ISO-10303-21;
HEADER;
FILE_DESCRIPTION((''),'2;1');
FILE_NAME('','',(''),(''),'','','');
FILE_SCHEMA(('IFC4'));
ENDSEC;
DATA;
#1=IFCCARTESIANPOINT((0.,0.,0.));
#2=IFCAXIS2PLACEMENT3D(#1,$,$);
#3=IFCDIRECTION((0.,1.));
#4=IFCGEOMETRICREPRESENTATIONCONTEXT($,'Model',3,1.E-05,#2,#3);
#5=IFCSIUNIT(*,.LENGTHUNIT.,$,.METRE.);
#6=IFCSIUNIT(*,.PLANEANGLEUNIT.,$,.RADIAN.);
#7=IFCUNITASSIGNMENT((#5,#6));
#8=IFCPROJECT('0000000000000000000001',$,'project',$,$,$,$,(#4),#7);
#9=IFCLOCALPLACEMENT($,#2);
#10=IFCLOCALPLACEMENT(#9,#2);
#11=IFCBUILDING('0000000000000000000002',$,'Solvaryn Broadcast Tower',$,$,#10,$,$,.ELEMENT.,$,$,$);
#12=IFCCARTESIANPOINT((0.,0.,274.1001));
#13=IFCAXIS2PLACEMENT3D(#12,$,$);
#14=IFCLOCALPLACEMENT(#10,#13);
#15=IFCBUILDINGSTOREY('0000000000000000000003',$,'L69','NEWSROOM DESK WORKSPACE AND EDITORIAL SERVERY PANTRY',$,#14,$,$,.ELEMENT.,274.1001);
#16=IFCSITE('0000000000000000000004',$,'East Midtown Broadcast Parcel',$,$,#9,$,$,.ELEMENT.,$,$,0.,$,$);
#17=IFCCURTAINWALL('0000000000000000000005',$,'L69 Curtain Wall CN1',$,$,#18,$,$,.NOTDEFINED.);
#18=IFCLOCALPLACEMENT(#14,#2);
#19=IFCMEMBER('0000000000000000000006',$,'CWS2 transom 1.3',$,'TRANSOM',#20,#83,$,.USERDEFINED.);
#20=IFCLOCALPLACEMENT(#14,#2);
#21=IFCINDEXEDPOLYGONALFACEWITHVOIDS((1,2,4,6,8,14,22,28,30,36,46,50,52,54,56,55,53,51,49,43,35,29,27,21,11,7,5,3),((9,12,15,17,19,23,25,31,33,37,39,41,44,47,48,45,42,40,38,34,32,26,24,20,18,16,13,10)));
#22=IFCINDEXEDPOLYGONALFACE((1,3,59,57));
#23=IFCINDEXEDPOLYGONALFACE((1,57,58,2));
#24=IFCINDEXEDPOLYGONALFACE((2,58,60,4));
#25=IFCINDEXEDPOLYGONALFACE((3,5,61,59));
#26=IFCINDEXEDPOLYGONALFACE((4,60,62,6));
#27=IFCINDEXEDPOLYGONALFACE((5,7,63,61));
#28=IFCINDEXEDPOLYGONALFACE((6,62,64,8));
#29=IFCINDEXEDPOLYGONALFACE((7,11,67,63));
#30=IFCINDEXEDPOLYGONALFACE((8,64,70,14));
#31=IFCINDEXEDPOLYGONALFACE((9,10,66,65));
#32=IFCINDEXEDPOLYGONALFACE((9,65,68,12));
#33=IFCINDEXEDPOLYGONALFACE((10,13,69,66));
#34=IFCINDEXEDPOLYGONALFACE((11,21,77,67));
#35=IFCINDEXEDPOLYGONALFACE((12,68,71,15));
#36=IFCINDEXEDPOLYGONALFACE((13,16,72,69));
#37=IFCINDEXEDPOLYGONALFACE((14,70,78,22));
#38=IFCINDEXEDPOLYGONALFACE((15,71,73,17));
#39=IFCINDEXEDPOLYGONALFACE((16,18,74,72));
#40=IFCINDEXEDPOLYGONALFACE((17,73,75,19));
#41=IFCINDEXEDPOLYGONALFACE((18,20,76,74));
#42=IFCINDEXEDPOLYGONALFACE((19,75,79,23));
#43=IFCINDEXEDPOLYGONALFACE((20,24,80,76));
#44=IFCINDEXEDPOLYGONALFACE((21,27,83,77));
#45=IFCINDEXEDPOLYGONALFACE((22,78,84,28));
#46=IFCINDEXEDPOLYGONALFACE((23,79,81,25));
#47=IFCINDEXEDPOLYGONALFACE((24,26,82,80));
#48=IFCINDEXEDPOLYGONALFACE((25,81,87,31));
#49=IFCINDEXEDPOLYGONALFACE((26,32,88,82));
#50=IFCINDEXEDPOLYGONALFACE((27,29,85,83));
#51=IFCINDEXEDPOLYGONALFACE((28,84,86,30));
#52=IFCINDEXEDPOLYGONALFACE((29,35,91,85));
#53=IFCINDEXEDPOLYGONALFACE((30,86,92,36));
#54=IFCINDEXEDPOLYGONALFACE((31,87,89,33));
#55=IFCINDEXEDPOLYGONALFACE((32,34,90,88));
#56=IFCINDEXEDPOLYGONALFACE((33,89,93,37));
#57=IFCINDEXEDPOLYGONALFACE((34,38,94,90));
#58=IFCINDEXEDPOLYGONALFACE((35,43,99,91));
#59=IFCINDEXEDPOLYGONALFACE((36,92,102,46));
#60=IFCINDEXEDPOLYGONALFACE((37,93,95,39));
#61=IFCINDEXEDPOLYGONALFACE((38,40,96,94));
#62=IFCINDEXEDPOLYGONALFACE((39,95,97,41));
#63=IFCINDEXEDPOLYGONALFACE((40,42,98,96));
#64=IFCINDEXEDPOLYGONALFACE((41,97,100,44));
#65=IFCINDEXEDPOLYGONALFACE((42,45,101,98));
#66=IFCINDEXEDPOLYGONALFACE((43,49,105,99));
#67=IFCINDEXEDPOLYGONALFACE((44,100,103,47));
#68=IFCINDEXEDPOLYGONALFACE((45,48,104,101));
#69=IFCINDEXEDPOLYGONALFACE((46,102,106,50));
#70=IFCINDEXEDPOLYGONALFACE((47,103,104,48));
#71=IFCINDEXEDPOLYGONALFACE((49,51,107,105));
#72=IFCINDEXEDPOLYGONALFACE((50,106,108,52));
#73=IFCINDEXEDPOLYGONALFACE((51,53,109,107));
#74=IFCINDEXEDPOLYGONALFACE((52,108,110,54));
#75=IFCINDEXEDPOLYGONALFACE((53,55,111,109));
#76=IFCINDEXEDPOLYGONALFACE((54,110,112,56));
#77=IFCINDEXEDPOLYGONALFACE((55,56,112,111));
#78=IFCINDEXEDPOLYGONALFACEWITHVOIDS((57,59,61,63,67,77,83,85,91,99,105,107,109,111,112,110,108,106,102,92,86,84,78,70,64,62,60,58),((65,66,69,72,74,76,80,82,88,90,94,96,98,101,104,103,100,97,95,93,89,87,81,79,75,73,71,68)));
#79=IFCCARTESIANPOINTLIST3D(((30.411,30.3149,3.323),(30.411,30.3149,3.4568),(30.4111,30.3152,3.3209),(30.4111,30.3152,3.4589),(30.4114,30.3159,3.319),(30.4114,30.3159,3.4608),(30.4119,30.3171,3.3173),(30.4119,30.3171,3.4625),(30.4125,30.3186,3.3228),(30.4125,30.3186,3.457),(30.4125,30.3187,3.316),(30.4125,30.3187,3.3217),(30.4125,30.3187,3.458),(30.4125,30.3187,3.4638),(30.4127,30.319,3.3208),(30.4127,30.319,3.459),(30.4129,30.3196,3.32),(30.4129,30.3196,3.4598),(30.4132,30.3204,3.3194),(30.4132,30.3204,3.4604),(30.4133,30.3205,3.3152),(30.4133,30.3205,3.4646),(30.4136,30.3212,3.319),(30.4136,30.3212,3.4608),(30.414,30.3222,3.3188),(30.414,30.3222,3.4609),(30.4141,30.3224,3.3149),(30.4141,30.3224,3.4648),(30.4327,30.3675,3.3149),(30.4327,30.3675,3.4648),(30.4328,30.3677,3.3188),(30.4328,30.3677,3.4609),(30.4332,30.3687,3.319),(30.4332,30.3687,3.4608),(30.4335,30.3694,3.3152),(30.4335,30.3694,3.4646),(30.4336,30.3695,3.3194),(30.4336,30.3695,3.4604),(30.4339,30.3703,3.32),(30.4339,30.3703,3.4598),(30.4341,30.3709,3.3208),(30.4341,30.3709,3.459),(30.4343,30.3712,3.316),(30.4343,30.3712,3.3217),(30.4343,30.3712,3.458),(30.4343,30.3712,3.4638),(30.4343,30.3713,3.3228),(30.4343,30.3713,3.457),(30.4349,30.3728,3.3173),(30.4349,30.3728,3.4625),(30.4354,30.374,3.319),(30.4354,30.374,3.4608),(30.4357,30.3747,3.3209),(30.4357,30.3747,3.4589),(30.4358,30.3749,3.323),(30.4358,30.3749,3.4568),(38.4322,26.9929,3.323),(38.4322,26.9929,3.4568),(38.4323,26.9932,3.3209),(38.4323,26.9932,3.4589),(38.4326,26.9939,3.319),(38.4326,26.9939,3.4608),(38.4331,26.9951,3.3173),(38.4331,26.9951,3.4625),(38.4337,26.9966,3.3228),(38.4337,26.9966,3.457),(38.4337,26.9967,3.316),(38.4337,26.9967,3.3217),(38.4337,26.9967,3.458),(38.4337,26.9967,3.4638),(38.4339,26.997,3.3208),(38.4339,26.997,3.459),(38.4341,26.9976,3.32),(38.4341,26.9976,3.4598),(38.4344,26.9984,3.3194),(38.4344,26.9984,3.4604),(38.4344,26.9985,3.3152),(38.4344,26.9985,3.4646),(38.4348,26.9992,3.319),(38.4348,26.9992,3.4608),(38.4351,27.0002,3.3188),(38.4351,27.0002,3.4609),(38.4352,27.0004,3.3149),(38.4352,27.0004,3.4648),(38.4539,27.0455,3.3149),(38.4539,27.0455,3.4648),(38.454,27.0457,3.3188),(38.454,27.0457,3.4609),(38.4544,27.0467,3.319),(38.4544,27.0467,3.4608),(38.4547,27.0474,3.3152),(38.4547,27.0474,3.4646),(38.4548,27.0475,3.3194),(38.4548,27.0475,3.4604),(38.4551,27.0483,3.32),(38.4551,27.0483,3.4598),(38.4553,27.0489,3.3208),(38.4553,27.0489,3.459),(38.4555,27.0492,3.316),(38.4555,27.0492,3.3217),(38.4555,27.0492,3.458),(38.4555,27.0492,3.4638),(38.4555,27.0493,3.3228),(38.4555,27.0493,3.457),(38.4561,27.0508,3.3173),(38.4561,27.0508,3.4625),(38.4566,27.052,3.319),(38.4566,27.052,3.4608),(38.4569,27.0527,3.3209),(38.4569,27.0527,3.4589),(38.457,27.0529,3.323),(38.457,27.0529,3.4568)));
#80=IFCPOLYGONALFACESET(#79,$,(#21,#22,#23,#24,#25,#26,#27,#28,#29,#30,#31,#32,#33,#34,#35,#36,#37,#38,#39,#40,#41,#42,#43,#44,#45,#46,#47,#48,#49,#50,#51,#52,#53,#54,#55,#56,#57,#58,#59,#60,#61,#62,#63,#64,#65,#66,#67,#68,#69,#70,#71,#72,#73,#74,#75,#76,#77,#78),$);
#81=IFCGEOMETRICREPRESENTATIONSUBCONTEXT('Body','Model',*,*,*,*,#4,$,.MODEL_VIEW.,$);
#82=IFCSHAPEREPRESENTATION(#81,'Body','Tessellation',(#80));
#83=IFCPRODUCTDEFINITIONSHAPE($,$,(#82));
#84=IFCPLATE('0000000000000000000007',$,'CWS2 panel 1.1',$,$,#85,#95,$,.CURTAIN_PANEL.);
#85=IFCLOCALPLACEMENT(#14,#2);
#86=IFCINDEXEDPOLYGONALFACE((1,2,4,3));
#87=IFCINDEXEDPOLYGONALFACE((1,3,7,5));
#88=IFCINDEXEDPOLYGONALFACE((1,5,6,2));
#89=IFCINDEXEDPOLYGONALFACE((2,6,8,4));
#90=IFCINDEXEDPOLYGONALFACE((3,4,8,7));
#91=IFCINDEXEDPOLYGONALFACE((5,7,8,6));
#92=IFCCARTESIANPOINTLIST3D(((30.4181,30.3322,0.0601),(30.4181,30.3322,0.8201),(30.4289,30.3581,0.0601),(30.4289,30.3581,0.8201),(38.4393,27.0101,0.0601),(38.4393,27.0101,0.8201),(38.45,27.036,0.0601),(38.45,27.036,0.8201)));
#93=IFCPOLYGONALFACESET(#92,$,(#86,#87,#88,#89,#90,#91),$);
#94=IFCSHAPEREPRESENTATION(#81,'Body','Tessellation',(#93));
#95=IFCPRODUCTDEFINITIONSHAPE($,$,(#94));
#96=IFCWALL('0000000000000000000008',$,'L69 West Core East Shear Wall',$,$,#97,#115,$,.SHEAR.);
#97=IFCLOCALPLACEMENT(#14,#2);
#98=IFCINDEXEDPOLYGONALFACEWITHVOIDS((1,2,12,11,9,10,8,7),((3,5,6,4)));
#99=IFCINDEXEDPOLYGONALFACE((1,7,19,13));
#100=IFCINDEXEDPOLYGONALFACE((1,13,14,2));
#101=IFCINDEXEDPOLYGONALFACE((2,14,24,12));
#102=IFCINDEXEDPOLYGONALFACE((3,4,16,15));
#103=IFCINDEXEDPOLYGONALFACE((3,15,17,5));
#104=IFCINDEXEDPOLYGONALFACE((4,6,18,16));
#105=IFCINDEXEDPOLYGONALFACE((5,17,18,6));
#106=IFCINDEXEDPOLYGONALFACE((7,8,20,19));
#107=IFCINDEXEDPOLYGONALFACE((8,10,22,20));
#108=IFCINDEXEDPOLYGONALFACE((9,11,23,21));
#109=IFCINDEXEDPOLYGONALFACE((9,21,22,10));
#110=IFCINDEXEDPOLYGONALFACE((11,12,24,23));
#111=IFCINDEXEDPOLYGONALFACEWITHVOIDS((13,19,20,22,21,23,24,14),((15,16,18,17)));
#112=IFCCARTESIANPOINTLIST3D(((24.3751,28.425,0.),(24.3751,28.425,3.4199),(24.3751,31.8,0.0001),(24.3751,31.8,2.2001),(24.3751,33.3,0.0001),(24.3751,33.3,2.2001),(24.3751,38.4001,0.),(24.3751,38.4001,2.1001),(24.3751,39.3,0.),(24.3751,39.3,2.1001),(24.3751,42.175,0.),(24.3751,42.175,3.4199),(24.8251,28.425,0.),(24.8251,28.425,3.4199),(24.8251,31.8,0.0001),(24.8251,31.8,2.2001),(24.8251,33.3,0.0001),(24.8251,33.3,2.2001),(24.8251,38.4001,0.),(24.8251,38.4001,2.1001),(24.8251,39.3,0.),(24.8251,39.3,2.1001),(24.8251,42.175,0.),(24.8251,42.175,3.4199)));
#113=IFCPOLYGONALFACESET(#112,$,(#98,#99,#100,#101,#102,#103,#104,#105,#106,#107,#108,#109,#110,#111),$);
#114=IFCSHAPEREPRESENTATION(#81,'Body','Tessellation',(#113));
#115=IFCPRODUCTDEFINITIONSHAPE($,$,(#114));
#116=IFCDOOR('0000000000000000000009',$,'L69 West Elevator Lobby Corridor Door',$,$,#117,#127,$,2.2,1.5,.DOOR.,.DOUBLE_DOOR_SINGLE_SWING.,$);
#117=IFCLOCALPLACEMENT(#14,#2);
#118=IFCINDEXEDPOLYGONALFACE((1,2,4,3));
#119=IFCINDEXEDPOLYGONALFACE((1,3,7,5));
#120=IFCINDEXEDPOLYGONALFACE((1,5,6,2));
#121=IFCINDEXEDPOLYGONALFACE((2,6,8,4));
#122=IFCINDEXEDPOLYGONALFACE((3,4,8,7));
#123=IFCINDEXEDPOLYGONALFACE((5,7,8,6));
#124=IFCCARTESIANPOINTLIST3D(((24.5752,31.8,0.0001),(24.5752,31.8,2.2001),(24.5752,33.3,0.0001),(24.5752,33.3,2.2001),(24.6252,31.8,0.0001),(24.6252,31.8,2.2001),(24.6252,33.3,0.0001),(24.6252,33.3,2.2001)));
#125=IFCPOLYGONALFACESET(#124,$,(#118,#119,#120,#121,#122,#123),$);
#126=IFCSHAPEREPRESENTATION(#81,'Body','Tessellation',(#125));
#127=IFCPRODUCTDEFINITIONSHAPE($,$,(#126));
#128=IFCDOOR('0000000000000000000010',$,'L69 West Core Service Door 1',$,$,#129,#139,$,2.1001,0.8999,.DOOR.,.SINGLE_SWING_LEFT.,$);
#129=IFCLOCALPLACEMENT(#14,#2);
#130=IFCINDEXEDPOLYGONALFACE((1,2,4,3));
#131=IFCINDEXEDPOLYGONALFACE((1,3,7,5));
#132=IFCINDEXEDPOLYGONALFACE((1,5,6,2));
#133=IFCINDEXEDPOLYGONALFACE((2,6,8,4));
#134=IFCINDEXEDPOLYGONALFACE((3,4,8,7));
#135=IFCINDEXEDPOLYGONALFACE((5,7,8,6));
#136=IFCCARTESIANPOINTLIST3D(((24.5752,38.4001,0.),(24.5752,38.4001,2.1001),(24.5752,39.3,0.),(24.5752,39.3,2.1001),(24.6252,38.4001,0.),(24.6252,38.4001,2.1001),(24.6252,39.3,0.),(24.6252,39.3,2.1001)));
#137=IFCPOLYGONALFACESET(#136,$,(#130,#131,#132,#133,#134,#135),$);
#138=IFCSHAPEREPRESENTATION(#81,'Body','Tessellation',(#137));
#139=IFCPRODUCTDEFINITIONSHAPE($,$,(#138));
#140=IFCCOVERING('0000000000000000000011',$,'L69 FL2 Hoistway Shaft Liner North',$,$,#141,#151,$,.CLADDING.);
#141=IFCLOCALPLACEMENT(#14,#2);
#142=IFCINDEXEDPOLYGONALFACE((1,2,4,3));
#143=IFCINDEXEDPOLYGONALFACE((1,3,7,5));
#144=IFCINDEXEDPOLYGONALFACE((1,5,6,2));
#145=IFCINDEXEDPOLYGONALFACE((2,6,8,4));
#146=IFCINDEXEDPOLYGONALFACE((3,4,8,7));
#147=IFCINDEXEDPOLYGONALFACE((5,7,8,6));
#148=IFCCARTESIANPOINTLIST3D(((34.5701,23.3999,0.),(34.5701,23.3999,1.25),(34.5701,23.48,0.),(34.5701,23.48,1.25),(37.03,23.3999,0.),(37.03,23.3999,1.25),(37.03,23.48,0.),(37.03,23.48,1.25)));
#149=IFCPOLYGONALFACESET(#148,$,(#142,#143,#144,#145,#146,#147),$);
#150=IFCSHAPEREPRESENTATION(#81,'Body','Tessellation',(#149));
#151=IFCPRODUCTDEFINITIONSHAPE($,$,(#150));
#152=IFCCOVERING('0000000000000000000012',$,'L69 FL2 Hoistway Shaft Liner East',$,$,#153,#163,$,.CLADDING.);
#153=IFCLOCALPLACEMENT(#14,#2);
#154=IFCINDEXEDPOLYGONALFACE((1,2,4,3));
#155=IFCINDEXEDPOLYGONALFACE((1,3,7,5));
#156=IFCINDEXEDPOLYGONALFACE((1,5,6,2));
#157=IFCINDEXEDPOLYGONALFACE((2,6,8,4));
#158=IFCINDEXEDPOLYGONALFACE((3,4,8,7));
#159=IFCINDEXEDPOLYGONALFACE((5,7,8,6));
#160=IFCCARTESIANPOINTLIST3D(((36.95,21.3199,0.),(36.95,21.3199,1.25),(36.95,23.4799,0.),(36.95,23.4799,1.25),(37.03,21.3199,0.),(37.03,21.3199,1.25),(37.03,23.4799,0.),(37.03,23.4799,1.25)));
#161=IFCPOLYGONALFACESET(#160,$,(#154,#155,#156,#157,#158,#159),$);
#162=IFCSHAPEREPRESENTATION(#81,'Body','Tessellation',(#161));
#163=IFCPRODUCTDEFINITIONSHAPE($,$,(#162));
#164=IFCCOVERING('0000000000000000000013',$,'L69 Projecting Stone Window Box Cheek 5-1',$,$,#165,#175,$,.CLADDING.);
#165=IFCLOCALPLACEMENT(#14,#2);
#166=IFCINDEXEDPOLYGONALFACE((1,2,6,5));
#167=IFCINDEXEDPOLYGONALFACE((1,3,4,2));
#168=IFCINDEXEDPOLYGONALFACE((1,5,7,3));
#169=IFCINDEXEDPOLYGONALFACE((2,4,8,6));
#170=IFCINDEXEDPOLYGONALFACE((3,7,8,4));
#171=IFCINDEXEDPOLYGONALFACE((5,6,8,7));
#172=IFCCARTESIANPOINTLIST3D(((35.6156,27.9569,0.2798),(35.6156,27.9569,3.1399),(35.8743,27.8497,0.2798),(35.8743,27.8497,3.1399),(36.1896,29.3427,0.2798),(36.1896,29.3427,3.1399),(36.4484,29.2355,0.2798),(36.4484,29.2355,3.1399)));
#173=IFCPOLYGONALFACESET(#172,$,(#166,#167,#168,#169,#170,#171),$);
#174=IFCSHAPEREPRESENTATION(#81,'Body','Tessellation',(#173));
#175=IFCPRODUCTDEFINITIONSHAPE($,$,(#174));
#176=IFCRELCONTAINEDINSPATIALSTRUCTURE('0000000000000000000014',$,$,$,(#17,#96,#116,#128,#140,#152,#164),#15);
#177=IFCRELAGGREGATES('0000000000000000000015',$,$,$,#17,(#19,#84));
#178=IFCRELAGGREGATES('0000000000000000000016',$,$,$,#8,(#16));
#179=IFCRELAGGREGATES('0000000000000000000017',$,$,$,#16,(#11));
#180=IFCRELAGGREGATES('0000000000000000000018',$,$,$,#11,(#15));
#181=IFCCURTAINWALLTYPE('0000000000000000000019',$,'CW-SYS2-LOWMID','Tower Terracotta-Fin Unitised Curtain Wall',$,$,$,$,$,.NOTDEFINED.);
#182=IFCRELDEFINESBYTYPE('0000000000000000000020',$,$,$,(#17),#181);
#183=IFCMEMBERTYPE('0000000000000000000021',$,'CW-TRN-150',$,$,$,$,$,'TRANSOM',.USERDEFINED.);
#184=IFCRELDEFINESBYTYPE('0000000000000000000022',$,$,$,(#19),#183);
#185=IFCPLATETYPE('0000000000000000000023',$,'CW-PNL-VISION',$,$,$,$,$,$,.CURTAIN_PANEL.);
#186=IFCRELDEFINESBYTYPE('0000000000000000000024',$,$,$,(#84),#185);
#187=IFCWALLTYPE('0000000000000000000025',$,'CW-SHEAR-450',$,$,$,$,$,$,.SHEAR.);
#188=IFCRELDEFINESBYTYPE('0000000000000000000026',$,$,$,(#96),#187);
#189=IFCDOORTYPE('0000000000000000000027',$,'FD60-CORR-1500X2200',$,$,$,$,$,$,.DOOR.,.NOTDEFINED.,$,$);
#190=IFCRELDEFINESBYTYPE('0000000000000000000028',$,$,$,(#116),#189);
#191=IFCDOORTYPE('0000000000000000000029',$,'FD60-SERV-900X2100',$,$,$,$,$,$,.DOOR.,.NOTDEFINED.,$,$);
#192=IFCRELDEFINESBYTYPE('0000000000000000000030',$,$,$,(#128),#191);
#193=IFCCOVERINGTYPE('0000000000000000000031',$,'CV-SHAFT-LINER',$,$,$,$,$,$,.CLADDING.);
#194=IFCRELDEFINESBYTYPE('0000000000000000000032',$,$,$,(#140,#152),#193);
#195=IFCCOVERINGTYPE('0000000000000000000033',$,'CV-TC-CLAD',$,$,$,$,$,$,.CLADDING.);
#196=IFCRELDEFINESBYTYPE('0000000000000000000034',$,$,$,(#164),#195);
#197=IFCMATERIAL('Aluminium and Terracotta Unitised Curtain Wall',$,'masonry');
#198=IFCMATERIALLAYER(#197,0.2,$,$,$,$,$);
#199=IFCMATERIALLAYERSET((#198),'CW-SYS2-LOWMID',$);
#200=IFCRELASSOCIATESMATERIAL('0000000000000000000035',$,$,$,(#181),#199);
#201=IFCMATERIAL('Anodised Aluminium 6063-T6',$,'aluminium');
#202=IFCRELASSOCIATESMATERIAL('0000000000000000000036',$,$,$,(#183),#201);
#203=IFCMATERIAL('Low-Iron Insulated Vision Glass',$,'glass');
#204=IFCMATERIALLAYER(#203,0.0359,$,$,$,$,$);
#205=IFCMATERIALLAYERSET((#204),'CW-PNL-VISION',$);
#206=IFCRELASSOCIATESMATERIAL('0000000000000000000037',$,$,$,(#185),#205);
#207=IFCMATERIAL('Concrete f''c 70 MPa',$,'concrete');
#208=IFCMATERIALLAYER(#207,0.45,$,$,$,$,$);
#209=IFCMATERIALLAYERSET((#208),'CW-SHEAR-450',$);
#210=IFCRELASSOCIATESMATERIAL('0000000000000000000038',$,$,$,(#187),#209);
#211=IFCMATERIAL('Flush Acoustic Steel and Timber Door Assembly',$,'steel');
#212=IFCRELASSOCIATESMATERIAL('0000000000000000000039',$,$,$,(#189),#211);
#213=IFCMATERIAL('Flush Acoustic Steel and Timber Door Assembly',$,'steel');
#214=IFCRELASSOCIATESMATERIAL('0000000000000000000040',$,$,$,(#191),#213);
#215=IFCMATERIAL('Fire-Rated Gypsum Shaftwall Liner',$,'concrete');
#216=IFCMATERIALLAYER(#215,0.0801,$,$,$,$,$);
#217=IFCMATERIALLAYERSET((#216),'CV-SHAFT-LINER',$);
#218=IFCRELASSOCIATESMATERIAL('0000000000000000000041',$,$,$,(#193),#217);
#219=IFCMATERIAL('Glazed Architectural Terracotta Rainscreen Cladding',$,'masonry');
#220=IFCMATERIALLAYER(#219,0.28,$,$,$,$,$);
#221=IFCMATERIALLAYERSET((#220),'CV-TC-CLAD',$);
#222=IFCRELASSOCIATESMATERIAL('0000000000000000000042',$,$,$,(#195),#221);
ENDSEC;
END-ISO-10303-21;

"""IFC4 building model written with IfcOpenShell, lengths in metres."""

from ifc_helpers import new_model, si_unit, direction, frame, frame_2d, origin, origin_2d, place, context, subcontext, project, spatial, rectangle, hollow_rectangle, extrude, material, layer, layer_set, material_profile, profile_set, type_object, element, fill, aggregate, save


model = new_model("IFC4")

# Units and contexts
model_context = context("Model", 3, precision=1e-05, world=origin(), true_north=direction((0.0, 1.0)))
body_context = subcontext(model_context, "Body", "Model", "MODEL_VIEW")
ifc_project = project(units=[si_unit("LENGTHUNIT", "METRE"), si_unit("PLANEANGLEUNIT", "RADIAN")], contexts=[model_context])

# Site, building, storey
site_placement = place(None, origin())
site = spatial("IfcSite", under=ifc_project, at=site_placement, Name="East Midtown Broadcast Parcel", CompositionType="ELEMENT", RefElevation=0.0)
building_placement = place(site_placement, origin())
building = spatial("IfcBuilding", under=site, at=building_placement, Name="Solvaryn Broadcast Tower", CompositionType="ELEMENT")
storey_placement = place(building_placement, frame((0.0, 0.0, 274.1001)))
storey = spatial("IfcBuildingStorey", under=building, at=storey_placement, Name="L69", Description="NEWSROOM DESK WORKSPACE AND EDITORIAL SERVERY PANTRY", CompositionType="ELEMENT", Elevation=274.1001)

# Curtain wall
ifc_material_1 = material(Name="Aluminium and Terracotta Unitised Curtain Wall", Category="masonry")
ifc_layer_1 = layer(ifc_material_1, 0.2)
ifc_layer_set_1 = layer_set([ifc_layer_1], Name="CW-SYS2-LOWMID")
curtain_wall_type = type_object("IfcCurtainWallType", Name="CW-SYS2-LOWMID", Description="Tower Terracotta-Fin Unitised Curtain Wall", PredefinedType="NOTDEFINED", material=ifc_layer_set_1)
curtain_wall_1_placement = place(storey_placement, origin())
curtain_wall_1 = element("IfcCurtainWall", 1, at=curtain_wall_1_placement, inside=storey, type_object=curtain_wall_type, Name="L69 Curtain Wall CN1", PredefinedType="NOTDEFINED")

# Member
ifc_material_2 = material(Name="Anodised Aluminium 6063-T6", Category="aluminium")
ifc_material_profile_1 = material_profile(ifc_material_2, hollow_rectangle(XDim=0.0649, YDim=0.1499, WallThickness=0.0039, InnerFilletRadius=0.0039, OuterFilletRadius=0.0081, at=origin_2d()))
ifc_profile_set_1 = profile_set([ifc_material_profile_1], Name="Anodised Aluminium 6063-T6")
member_type_1 = type_object("IfcMemberType", Name="CW-TRN-150", ElementType="TRANSOM", PredefinedType="USERDEFINED", material=ifc_profile_set_1)
member_1_placement = place(storey_placement, frame((38.4446, 27.0229, 3.3899), z_axis=(-0.923899, 0.382636, 0.0), x_axis=(-0.382636, -0.923899, 0.0)))
member_1 = element("IfcMember", 2, at=member_1_placement, type_object=member_type_1, Name="CWS2 transom 1.3", ObjectType="TRANSOM", PredefinedType="USERDEFINED", context=body_context, shape_type="SweptSolid", body=[
    extrude(hollow_rectangle(XDim=0.0649, YDim=0.1499, WallThickness=0.0039, InnerFilletRadius=0.0039, OuterFilletRadius=0.0081, at=origin_2d()), origin(), (0.0, 0.0, 1.0), 8.6819),
])

# Plate
ifc_material_3 = material(Name="Low-Iron Insulated Vision Glass", Category="glass")
ifc_layer_2 = layer(ifc_material_3, 0.0359)
ifc_layer_set_2 = layer_set([ifc_layer_2], Name="CW-PNL-VISION")
plate_type = type_object("IfcPlateType", Name="CW-PNL-VISION", PredefinedType="CURTAIN_PANEL", material=ifc_layer_set_2)
plate_placement = place(storey_placement, frame((34.4341, 28.6841, 0.0601), z_axis=(0.0, 0.0, 1.0), x_axis=(-0.923895, 0.382646, 0.0)))
plate = element("IfcPlate", 3, at=plate_placement, type_object=plate_type, Name="CWS2 panel 1.1", PredefinedType="CURTAIN_PANEL", context=body_context, shape_type="SweptSolid", body=[
    extrude(rectangle(XDim=8.6819, YDim=0.0281, at=origin_2d()), origin(), (0.0, 0.0, 1.0), 0.76),
])
aggregate(curtain_wall_1, [member_1, plate])

# Wall, openings, doors
ifc_material_4 = material(Name="Concrete f'c 70 MPa", Category="concrete")
ifc_layer_3 = layer(ifc_material_4, 0.45)
ifc_layer_set_3 = layer_set([ifc_layer_3], Name="CW-SHEAR-450")
wall_type = type_object("IfcWallType", Name="CW-SHEAR-450", PredefinedType="SHEAR", material=ifc_layer_set_3)
wall_1_placement = place(storey_placement, frame((24.6001, 28.425, 0.0), z_axis=(0.0, 0.0, 1.0), x_axis=(0.0, 1.0, 0.0)))
wall_1 = element("IfcWall", 4, at=wall_1_placement, inside=storey, type_object=wall_type, Name="L69 West Core East Shear Wall", PredefinedType="SHEAR", context=body_context, shape_type="SweptSolid", body=[
    extrude(rectangle(XDim=13.75, YDim=0.45, at=frame_2d((6.875, 0.0))), origin(), (0.0, 0.0, 1.0), 3.4199),
])
opening_1_placement = place(wall_1_placement, frame((3.375, 0.0, 0.0)))
opening_1 = element("IfcOpeningElement", 5, at=opening_1_placement, cuts=wall_1, PredefinedType="OPENING", context=body_context, shape_type="SweptSolid", body=[
    extrude(rectangle(XDim=1.5, YDim=2.2, at=frame_2d((0.75, 1.1001))), frame((0.0, 0.2351, 0.0), z_axis=(0.0, -1.0, 0.0), x_axis=(1.0, 0.0, 0.0)), (0.0, 0.0, 1.0), 0.47),
])
opening_2_placement = place(wall_1_placement, frame((9.9751, 0.0, 0.0)))
opening_2 = element("IfcOpeningElement", 6, at=opening_2_placement, cuts=wall_1, PredefinedType="OPENING", context=body_context, shape_type="SweptSolid", body=[
    extrude(rectangle(XDim=0.8999, YDim=2.1001, at=frame_2d((0.45, 1.05))), frame((0.0, 0.2351, 0.0), z_axis=(0.0, -1.0, 0.0), x_axis=(1.0, 0.0, 0.0)), (0.0, 0.0, 1.0), 0.47),
])
ifc_material_5 = material(Name="Flush Acoustic Steel and Timber Door Assembly", Category="steel")
door_type_1 = type_object("IfcDoorType", Name="FD60-CORR-1500X2200", OperationType="NOTDEFINED", PredefinedType="DOOR", material=ifc_material_5)
door_1_placement = place(opening_1_placement, origin())
door_1 = element("IfcDoor", 7, at=door_1_placement, inside=storey, type_object=door_type_1, Name="L69 West Elevator Lobby Corridor Door", OperationType="DOUBLE_DOOR_SINGLE_SWING", OverallHeight=2.2, OverallWidth=1.5, PredefinedType="DOOR", context=body_context, shape_type="SweptSolid", body=[
    extrude(rectangle(XDim=1.5, YDim=2.2, at=frame_2d((0.75, 1.1001))), frame((0.0, 0.0249, 0.0), z_axis=(0.0, -1.0, 0.0), x_axis=(1.0, 0.0, 0.0)), (0.0, 0.0, 1.0), 0.05),
])
fill(opening_1, door_1)
ifc_material_6 = material(Name="Flush Acoustic Steel and Timber Door Assembly", Category="steel")
door_type_2 = type_object("IfcDoorType", Name="FD60-SERV-900X2100", OperationType="NOTDEFINED", PredefinedType="DOOR", material=ifc_material_6)
door_2_placement = place(opening_2_placement, origin())
door_2 = element("IfcDoor", 8, at=door_2_placement, inside=storey, type_object=door_type_2, Name="L69 West Core Service Door 1", OperationType="SINGLE_SWING_LEFT", OverallHeight=2.1001, OverallWidth=0.8999, PredefinedType="DOOR", context=body_context, shape_type="SweptSolid", body=[
    extrude(rectangle(XDim=0.8999, YDim=2.1001, at=frame_2d((0.45, 1.05))), frame((0.0, 0.0249, 0.0), z_axis=(0.0, -1.0, 0.0), x_axis=(1.0, 0.0, 0.0)), (0.0, 0.0, 1.0), 0.05),
])
fill(opening_2, door_2)

# Coverings
ifc_material_7 = material(Name="Fire-Rated Gypsum Shaftwall Liner", Category="concrete")
ifc_layer_4 = layer(ifc_material_7, 0.0801)
ifc_layer_set_4 = layer_set([ifc_layer_4], Name="CV-SHAFT-LINER")
covering_type_1 = type_object("IfcCoveringType", Name="CV-SHAFT-LINER", PredefinedType="CLADDING", material=ifc_layer_set_4)
covering_1_placement = place(storey_placement, frame((35.8, 23.4399, 0.0), z_axis=(0.0, 0.0, 1.0), x_axis=(1.0, 0.0, 0.0)))
element("IfcCovering", 9, at=covering_1_placement, inside=storey, type_object=covering_type_1, Name="L69 FL2 Hoistway Shaft Liner North", PredefinedType="CLADDING", context=body_context, shape_type="SweptSolid", body=[
    extrude(rectangle(XDim=2.46, YDim=0.0801, at=origin_2d()), origin(), (0.0, 0.0, 1.0), 1.25),
])
covering_2_placement = place(storey_placement, frame((36.99, 22.3999, 0.0), z_axis=(0.0, 0.0, 1.0), x_axis=(1.0, 0.0, 0.0)))
element("IfcCovering", 10, at=covering_2_placement, inside=storey, type_object=covering_type_1, Name="L69 FL2 Hoistway Shaft Liner East", PredefinedType="CLADDING", context=body_context, shape_type="SweptSolid", body=[
    extrude(rectangle(XDim=0.0801, YDim=2.1599, at=origin_2d()), origin(), (0.0, 0.0, 1.0), 1.25),
])
ifc_material_8 = material(Name="Glazed Architectural Terracotta Rainscreen Cladding", Category="masonry")
ifc_layer_5 = layer(ifc_material_8, 0.28)
ifc_layer_set_5 = layer_set([ifc_layer_5], Name="CV-TC-CLAD")
covering_type_2 = type_object("IfcCoveringType", Name="CV-TC-CLAD", PredefinedType="CLADDING", material=ifc_layer_set_5)
covering_3_placement = place(storey_placement, frame((36.032, 28.5962, 0.2798), z_axis=(0.0, 0.0, 1.0), x_axis=(-0.92388, 0.382683, 0.0)))
element("IfcCovering", 11, at=covering_3_placement, inside=storey, type_object=covering_type_2, Name="L69 Projecting Stone Window Box Cheek 5-1", PredefinedType="CLADDING", context=body_context, shape_type="SweptSolid", body=[
    extrude(rectangle(XDim=0.28, YDim=1.5, at=origin_2d()), origin(), (0.0, 0.0, 1.0), 2.8601),
])

save(model, "model.ifc")
